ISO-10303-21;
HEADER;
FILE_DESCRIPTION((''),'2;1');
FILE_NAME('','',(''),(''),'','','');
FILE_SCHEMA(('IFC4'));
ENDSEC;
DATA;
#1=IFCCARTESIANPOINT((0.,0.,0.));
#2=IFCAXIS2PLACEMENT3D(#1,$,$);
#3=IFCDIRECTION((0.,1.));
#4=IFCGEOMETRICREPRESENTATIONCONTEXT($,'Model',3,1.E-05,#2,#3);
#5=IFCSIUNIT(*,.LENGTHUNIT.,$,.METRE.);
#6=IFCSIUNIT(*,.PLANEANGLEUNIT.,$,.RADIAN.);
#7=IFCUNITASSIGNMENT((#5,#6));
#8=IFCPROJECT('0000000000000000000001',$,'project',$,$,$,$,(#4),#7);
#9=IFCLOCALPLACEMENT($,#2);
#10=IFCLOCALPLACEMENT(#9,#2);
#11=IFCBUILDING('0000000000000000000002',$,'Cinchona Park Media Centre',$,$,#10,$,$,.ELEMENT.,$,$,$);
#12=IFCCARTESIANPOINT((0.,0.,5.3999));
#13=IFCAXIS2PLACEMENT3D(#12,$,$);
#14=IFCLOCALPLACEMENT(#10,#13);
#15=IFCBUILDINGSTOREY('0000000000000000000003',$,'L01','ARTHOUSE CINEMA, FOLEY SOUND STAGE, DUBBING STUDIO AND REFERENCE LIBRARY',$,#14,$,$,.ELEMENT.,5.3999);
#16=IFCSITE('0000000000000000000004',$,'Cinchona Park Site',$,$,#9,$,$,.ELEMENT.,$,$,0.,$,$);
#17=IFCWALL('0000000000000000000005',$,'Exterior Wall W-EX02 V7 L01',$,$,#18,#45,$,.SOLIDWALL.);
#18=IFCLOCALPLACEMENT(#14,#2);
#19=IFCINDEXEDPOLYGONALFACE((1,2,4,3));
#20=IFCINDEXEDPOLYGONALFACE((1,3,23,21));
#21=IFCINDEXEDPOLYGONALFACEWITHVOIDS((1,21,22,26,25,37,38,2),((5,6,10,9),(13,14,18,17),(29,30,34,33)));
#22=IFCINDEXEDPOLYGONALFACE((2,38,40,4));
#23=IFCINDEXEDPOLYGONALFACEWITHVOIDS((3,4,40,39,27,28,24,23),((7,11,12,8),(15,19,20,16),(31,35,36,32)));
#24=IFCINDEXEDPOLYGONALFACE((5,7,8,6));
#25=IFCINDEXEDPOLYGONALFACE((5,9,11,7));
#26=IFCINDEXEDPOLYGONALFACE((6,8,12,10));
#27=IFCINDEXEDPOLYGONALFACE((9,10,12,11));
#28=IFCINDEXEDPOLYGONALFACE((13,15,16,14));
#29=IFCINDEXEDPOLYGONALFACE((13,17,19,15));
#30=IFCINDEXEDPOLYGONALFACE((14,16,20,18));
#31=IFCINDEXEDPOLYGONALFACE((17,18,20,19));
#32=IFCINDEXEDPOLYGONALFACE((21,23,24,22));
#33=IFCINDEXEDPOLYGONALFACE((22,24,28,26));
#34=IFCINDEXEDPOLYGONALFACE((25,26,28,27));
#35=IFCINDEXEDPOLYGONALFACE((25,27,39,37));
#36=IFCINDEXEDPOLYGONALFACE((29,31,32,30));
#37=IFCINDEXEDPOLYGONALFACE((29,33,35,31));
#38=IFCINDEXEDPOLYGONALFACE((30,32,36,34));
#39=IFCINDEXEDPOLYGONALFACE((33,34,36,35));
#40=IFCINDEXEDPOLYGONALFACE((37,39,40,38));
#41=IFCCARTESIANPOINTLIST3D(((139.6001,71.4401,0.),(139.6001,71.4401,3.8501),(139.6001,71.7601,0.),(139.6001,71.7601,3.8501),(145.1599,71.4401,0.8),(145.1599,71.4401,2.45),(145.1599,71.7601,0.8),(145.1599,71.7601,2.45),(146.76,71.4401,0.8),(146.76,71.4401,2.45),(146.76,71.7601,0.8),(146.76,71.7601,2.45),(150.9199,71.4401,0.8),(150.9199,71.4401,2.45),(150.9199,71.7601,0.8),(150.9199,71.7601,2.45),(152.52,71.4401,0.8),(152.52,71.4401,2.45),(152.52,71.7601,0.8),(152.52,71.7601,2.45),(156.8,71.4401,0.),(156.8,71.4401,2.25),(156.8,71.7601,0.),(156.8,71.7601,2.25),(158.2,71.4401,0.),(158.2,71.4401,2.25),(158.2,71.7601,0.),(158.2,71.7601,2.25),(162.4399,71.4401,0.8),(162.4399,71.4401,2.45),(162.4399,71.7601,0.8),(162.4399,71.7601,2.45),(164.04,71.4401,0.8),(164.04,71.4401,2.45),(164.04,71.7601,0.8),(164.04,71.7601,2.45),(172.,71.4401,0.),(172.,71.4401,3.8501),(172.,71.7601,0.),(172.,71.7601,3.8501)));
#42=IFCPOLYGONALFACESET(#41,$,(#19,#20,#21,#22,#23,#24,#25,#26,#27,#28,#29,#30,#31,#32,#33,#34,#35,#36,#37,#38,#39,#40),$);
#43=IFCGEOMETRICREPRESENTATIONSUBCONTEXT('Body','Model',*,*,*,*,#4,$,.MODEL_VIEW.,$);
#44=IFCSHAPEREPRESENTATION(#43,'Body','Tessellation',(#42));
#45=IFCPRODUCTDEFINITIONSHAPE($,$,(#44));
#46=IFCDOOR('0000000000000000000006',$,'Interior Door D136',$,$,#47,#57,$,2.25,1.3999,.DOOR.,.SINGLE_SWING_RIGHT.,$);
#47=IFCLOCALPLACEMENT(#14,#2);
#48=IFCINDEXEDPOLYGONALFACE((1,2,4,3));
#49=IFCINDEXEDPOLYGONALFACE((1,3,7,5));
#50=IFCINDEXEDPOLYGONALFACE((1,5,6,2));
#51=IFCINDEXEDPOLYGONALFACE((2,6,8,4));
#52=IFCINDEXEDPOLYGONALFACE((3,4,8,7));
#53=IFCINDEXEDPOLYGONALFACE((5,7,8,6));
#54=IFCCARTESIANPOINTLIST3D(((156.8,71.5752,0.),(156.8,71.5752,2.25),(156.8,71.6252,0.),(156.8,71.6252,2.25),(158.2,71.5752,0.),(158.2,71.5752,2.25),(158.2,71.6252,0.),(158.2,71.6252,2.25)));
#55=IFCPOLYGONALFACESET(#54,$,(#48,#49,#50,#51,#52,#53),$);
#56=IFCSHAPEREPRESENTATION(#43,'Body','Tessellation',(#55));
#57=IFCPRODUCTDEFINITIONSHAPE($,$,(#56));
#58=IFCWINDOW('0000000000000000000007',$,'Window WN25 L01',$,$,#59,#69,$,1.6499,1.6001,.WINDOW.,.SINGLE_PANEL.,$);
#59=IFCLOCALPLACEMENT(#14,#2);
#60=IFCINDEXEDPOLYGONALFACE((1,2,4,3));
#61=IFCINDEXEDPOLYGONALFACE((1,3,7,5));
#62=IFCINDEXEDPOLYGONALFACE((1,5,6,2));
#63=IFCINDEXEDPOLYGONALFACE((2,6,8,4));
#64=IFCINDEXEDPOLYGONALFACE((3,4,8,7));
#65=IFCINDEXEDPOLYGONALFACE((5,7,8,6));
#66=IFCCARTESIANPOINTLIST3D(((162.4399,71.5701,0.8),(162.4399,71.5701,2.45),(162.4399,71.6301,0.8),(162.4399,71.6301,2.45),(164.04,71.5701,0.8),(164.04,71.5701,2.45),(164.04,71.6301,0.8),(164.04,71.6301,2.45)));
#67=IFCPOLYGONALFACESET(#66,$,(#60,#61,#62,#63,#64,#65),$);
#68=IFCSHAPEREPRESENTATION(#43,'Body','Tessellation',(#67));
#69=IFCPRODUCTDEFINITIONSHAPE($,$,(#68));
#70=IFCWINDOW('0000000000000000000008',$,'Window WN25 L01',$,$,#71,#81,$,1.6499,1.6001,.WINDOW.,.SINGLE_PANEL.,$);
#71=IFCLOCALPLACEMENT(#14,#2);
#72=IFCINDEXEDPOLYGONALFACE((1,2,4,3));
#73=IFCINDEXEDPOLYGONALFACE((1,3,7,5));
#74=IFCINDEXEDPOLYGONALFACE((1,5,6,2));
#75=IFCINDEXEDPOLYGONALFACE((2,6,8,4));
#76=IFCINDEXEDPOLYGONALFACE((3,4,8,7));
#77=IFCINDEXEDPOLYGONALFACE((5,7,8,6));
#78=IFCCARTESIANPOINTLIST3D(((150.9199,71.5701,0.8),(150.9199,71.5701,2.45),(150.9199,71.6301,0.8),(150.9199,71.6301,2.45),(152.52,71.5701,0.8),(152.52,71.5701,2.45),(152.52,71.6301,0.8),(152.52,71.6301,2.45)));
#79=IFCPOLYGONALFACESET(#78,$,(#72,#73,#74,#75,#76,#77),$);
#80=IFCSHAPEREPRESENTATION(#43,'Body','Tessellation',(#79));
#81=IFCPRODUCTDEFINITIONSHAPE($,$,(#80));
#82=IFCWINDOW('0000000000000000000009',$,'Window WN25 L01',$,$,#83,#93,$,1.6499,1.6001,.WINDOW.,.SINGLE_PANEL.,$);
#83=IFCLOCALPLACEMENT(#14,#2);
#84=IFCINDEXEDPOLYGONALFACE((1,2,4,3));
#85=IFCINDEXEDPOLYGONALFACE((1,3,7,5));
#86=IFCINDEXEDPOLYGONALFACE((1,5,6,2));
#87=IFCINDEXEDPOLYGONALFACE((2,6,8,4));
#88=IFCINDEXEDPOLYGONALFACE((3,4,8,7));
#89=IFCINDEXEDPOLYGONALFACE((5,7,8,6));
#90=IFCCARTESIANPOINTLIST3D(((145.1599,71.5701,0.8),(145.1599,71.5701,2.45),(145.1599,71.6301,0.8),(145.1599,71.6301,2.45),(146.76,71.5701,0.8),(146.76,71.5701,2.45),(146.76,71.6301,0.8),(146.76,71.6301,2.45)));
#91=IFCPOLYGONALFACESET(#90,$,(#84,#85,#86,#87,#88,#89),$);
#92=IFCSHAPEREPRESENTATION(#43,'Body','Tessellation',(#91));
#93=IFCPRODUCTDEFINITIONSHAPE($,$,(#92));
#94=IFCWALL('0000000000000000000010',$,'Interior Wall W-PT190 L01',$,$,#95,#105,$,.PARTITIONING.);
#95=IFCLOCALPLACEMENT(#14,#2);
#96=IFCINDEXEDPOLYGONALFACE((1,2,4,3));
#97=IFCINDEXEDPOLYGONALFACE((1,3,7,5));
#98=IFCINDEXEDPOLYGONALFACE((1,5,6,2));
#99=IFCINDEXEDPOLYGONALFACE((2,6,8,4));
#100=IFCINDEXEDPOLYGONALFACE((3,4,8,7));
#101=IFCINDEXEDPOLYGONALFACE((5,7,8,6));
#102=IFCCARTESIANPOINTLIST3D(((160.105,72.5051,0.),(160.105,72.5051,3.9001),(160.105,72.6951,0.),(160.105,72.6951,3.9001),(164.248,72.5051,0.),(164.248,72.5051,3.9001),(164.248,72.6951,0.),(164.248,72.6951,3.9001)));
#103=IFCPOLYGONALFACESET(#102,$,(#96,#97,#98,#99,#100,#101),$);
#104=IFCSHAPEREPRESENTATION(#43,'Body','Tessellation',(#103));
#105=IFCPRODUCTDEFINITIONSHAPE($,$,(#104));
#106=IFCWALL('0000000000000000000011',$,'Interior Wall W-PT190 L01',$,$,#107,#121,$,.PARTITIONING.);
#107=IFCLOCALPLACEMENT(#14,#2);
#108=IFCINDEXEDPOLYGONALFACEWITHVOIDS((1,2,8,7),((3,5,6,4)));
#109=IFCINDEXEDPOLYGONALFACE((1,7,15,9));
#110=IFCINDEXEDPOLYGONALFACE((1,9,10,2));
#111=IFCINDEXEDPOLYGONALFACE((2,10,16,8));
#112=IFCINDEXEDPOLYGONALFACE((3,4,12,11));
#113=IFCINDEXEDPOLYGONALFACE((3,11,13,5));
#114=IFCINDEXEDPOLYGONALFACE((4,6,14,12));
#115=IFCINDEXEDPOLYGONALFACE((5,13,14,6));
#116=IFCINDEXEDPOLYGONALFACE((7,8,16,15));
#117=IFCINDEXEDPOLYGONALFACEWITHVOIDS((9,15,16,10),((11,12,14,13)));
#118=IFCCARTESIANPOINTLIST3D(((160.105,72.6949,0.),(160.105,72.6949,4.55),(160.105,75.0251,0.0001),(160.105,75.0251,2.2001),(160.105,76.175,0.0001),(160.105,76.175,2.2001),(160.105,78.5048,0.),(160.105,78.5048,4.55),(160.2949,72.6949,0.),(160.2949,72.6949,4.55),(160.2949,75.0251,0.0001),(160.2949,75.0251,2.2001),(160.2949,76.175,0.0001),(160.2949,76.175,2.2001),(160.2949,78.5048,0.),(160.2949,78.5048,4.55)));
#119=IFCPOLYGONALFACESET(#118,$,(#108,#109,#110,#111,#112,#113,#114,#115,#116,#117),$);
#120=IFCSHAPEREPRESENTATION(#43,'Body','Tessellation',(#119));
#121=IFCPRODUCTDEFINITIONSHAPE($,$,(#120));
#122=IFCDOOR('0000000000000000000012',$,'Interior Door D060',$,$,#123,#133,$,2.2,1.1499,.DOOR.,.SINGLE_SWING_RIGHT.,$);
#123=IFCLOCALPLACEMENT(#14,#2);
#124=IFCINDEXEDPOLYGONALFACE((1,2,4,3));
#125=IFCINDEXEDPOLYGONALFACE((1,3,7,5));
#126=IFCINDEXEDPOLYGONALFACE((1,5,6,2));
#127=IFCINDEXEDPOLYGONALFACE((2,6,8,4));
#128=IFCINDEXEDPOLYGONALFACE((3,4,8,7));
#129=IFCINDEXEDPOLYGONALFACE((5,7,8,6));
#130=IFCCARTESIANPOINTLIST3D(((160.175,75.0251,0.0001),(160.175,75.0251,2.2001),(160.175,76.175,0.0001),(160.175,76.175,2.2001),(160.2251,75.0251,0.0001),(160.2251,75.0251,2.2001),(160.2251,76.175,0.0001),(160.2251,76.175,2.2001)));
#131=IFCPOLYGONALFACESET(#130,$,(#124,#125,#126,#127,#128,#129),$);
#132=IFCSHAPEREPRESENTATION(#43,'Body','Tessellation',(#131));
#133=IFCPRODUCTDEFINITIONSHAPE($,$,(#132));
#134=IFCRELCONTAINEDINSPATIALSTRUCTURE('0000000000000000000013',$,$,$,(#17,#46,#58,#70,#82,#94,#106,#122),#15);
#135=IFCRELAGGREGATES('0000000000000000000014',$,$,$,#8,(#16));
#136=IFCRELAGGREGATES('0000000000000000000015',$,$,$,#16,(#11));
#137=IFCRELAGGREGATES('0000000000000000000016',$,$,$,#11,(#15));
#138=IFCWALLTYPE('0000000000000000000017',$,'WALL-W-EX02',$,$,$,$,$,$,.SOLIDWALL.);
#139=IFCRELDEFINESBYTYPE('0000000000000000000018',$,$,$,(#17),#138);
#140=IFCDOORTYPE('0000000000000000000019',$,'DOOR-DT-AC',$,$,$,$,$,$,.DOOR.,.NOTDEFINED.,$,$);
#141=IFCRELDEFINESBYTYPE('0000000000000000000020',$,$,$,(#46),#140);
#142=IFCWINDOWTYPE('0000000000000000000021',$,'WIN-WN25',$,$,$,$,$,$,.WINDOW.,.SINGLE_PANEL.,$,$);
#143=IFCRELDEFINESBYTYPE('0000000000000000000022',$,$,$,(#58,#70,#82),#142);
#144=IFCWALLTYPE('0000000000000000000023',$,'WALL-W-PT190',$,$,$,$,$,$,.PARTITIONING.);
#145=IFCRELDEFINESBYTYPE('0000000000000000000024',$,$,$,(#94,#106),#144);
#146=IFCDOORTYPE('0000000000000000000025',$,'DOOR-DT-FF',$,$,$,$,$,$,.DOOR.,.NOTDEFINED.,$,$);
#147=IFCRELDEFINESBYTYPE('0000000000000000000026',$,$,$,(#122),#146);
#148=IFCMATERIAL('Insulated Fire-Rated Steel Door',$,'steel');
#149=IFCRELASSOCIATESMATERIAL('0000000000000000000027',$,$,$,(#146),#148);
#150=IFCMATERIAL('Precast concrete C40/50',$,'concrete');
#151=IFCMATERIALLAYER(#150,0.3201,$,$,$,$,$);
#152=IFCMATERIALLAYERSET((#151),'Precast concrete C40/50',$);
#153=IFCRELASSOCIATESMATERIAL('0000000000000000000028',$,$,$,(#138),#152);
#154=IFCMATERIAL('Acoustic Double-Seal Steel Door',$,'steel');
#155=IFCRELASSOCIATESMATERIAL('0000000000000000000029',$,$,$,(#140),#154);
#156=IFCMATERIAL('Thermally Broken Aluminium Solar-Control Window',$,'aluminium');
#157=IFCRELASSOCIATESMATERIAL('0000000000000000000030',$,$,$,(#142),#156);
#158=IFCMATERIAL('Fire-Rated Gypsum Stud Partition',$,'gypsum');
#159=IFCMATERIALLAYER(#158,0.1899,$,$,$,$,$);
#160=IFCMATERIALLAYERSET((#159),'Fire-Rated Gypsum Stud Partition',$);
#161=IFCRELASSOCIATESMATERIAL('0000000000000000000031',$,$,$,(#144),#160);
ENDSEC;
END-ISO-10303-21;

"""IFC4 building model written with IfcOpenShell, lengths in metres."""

from ifc_helpers import new_model, si_unit, direction, frame, frame_2d, origin, place, context, subcontext, project, spatial, rectangle, extrude, material, layer, layer_set, type_object, element, fill, save


model = new_model("IFC4")

# Units and contexts
model_context = context("Model", 3, precision=1e-05, world=origin(), true_north=direction((0.0, 1.0)))
body_context = subcontext(model_context, "Body", "Model", "MODEL_VIEW")
ifc_project = project(units=[si_unit("LENGTHUNIT", "METRE"), si_unit("PLANEANGLEUNIT", "RADIAN")], contexts=[model_context])

# Site, building, storey
site_placement = place(None, origin())
site = spatial("IfcSite", under=ifc_project, at=site_placement, Name="Cinchona Park Site", CompositionType="ELEMENT", RefElevation=0.0)
building_placement = place(site_placement, origin())
building = spatial("IfcBuilding", under=site, at=building_placement, Name="Cinchona Park Media Centre", CompositionType="ELEMENT")
storey_placement = place(building_placement, frame((0.0, 0.0, 5.3999)))
storey = spatial("IfcBuildingStorey", under=building, at=storey_placement, Name="L01", Description="ARTHOUSE CINEMA, FOLEY SOUND STAGE, DUBBING STUDIO AND REFERENCE LIBRARY", CompositionType="ELEMENT", Elevation=5.3999)

# Shared definitions
ifc_material_1 = material(Name="Insulated Fire-Rated Steel Door", Category="steel")
door_type_1 = type_object("IfcDoorType", Name="DOOR-DT-FF", OperationType="NOTDEFINED", PredefinedType="DOOR", material=ifc_material_1)

# Wall, openings, door, windows
ifc_material_2 = material(Name="Precast concrete C40/50", Category="concrete")
ifc_layer_1 = layer(ifc_material_2, 0.3201)
ifc_layer_set_1 = layer_set([ifc_layer_1], Name="Precast concrete C40/50")
wall_type_1 = type_object("IfcWallType", Name="WALL-W-EX02", PredefinedType="SOLIDWALL", material=ifc_layer_set_1)
wall_1_placement = place(storey_placement, frame((172.0, 71.6001, 0.0), z_axis=(0.0, 0.0, 1.0), x_axis=(-1.0, 0.0, 0.0)))
wall_1 = element("IfcWall", 1, at=wall_1_placement, inside=storey, type_object=wall_type_1, Name="Exterior Wall W-EX02 V7 L01", PredefinedType="SOLIDWALL", context=body_context, shape_type="SweptSolid", body=[
    extrude(rectangle(XDim=32.3999, YDim=0.3201, at=frame_2d((16.2, 0.0))), origin(), (0.0, 0.0, 1.0), 3.8501),
])
opening_1_placement = place(wall_1_placement, frame((7.96, 0.0, 0.8)))
opening_1 = element("IfcOpeningElement", 2, at=opening_1_placement, cuts=wall_1, PredefinedType="OPENING", context=body_context, shape_type="SweptSolid", body=[
    extrude(rectangle(XDim=1.6001, YDim=1.6499, at=frame_2d((0.8, 0.825))), frame((0.0, 0.1699, 0.0), z_axis=(0.0, -1.0, 0.0), x_axis=(1.0, 0.0, 0.0)), (0.0, 0.0, 1.0), 0.3401),
])
opening_2_placement = place(wall_1_placement, frame((19.48, 0.0, 0.8)))
opening_2 = element("IfcOpeningElement", 3, at=opening_2_placement, cuts=wall_1, PredefinedType="OPENING", context=body_context, shape_type="SweptSolid", body=[
    extrude(rectangle(XDim=1.6001, YDim=1.6499, at=frame_2d((0.8, 0.825))), frame((0.0, 0.1699, 0.0), z_axis=(0.0, -1.0, 0.0), x_axis=(1.0, 0.0, 0.0)), (0.0, 0.0, 1.0), 0.3401),
])
opening_3_placement = place(wall_1_placement, frame((25.24, 0.0, 0.8)))
opening_3 = element("IfcOpeningElement", 4, at=opening_3_placement, cuts=wall_1, PredefinedType="OPENING", context=body_context, shape_type="SweptSolid", body=[
    extrude(rectangle(XDim=1.6001, YDim=1.6499, at=frame_2d((0.8, 0.825))), frame((0.0, 0.1699, 0.0), z_axis=(0.0, -1.0, 0.0), x_axis=(1.0, 0.0, 0.0)), (0.0, 0.0, 1.0), 0.3401),
])
opening_4_placement = place(wall_1_placement, frame((13.8, 0.0, 0.0)))
opening_4 = element("IfcOpeningElement", 5, at=opening_4_placement, cuts=wall_1, PredefinedType="OPENING", context=body_context, shape_type="SweptSolid", body=[
    extrude(rectangle(XDim=1.3999, YDim=2.25, at=frame_2d((0.7, 1.125))), frame((0.0, 0.1699, 0.0), z_axis=(0.0, -1.0, 0.0), x_axis=(1.0, 0.0, 0.0)), (0.0, 0.0, 1.0), 0.3401),
])
ifc_material_3 = material(Name="Acoustic Double-Seal Steel Door", Category="steel")
door_type_2 = type_object("IfcDoorType", Name="DOOR-DT-AC", OperationType="NOTDEFINED", PredefinedType="DOOR", material=ifc_material_3)
door_1_placement = place(opening_4_placement, origin())
door_1 = element("IfcDoor", 6, at=door_1_placement, inside=storey, type_object=door_type_2, Name="Interior Door D136", OperationType="SINGLE_SWING_RIGHT", OverallHeight=2.25, OverallWidth=1.3999, PredefinedType="DOOR", context=body_context, shape_type="SweptSolid", body=[
    extrude(rectangle(XDim=1.3999, YDim=2.25, at=frame_2d((0.7, 1.125))), frame((0.0, 0.0249, 0.0), z_axis=(0.0, -1.0, 0.0), x_axis=(1.0, 0.0, 0.0)), (0.0, 0.0, 1.0), 0.05),
])
fill(opening_4, door_1)
ifc_material_4 = material(Name="Thermally Broken Aluminium Solar-Control Window", Category="aluminium")
window_type = type_object("IfcWindowType", Name="WIN-WN25", PartitioningType="SINGLE_PANEL", PredefinedType="WINDOW", material=ifc_material_4)
window_1_placement = place(opening_1_placement, origin())
window_1 = element("IfcWindow", 7, at=window_1_placement, inside=storey, type_object=window_type, Name="Window WN25 L01", OverallHeight=1.6499, OverallWidth=1.6001, PartitioningType="SINGLE_PANEL", PredefinedType="WINDOW", context=body_context, shape_type="SweptSolid", body=[
    extrude(rectangle(XDim=1.6001, YDim=1.6499, at=frame_2d((0.8, 0.825))), frame((0.0, 0.03, 0.0), z_axis=(0.0, -1.0, 0.0), x_axis=(1.0, 0.0, 0.0)), (0.0, 0.0, 1.0), 0.0601),
])
fill(opening_1, window_1)
window_2_placement = place(opening_2_placement, origin())
window_2 = element("IfcWindow", 8, at=window_2_placement, inside=storey, type_object=window_type, Name="Window WN25 L01", OverallHeight=1.6499, OverallWidth=1.6001, PartitioningType="SINGLE_PANEL", PredefinedType="WINDOW", context=body_context, shape_type="SweptSolid", body=[
    extrude(rectangle(XDim=1.6001, YDim=1.6499, at=frame_2d((0.8, 0.825))), frame((0.0, 0.03, 0.0), z_axis=(0.0, -1.0, 0.0), x_axis=(1.0, 0.0, 0.0)), (0.0, 0.0, 1.0), 0.0601),
])
fill(opening_2, window_2)
window_3_placement = place(opening_3_placement, origin())
window_3 = element("IfcWindow", 9, at=window_3_placement, inside=storey, type_object=window_type, Name="Window WN25 L01", OverallHeight=1.6499, OverallWidth=1.6001, PartitioningType="SINGLE_PANEL", PredefinedType="WINDOW", context=body_context, shape_type="SweptSolid", body=[
    extrude(rectangle(XDim=1.6001, YDim=1.6499, at=frame_2d((0.8, 0.825))), frame((0.0, 0.03, 0.0), z_axis=(0.0, -1.0, 0.0), x_axis=(1.0, 0.0, 0.0)), (0.0, 0.0, 1.0), 0.0601),
])
fill(opening_3, window_3)

# Wall
ifc_material_5 = material(Name="Fire-Rated Gypsum Stud Partition", Category="gypsum")
ifc_layer_2 = layer(ifc_material_5, 0.1899)
ifc_layer_set_2 = layer_set([ifc_layer_2], Name="Fire-Rated Gypsum Stud Partition")
wall_type_2 = type_object("IfcWallType", Name="WALL-W-PT190", PredefinedType="PARTITIONING", material=ifc_layer_set_2)
wall_2_placement = place(storey_placement, frame((160.105, 72.6001, 0.0), z_axis=(0.0, 0.0, 1.0), x_axis=(1.0, 0.0, 0.0)))
element("IfcWall", 10, at=wall_2_placement, inside=storey, type_object=wall_type_2, Name="Interior Wall W-PT190 L01", PredefinedType="PARTITIONING", context=body_context, shape_type="SweptSolid", body=[
    extrude(rectangle(XDim=4.1431, YDim=0.1899, at=frame_2d((2.0715, 0.0))), origin(), (0.0, 0.0, 1.0), 3.9001),
])

# Wall, opening, door
wall_3_placement = place(storey_placement, frame((160.2, 72.6951, 0.0), z_axis=(0.0, 0.0, 1.0), x_axis=(0.0, 1.0, 0.0)))
wall_3 = element("IfcWall", 11, at=wall_3_placement, inside=storey, type_object=wall_type_2, Name="Interior Wall W-PT190 L01", PredefinedType="PARTITIONING", context=body_context, shape_type="SweptSolid", body=[
    extrude(rectangle(XDim=5.8098, YDim=0.1899, at=frame_2d((2.9048, 0.0))), origin(), (0.0, 0.0, 1.0), 4.55),
])
opening_5_placement = place(wall_3_placement, frame((2.3301, 0.0, 0.0)))
opening_5 = element("IfcOpeningElement", 12, at=opening_5_placement, cuts=wall_3, PredefinedType="OPENING", context=body_context, shape_type="SweptSolid", body=[
    extrude(rectangle(XDim=1.1499, YDim=2.2, at=frame_2d((0.575, 1.1001))), frame((0.0, 0.105, 0.0), z_axis=(0.0, -1.0, 0.0), x_axis=(1.0, 0.0, 0.0)), (0.0, 0.0, 1.0), 0.21),
])
door_2_placement = place(opening_5_placement, origin())
door_2 = element("IfcDoor", 13, at=door_2_placement, inside=storey, type_object=door_type_1, Name="Interior Door D060", OperationType="SINGLE_SWING_RIGHT", OverallHeight=2.2, OverallWidth=1.1499, PredefinedType="DOOR", context=body_context, shape_type="SweptSolid", body=[
    extrude(rectangle(XDim=1.1499, YDim=2.2, at=frame_2d((0.575, 1.1001))), frame((0.0, 0.0249, 0.0), z_axis=(0.0, -1.0, 0.0), x_axis=(1.0, 0.0, 0.0)), (0.0, 0.0, 1.0), 0.05),
])
fill(opening_5, door_2)

save(model, "model.ifc")
